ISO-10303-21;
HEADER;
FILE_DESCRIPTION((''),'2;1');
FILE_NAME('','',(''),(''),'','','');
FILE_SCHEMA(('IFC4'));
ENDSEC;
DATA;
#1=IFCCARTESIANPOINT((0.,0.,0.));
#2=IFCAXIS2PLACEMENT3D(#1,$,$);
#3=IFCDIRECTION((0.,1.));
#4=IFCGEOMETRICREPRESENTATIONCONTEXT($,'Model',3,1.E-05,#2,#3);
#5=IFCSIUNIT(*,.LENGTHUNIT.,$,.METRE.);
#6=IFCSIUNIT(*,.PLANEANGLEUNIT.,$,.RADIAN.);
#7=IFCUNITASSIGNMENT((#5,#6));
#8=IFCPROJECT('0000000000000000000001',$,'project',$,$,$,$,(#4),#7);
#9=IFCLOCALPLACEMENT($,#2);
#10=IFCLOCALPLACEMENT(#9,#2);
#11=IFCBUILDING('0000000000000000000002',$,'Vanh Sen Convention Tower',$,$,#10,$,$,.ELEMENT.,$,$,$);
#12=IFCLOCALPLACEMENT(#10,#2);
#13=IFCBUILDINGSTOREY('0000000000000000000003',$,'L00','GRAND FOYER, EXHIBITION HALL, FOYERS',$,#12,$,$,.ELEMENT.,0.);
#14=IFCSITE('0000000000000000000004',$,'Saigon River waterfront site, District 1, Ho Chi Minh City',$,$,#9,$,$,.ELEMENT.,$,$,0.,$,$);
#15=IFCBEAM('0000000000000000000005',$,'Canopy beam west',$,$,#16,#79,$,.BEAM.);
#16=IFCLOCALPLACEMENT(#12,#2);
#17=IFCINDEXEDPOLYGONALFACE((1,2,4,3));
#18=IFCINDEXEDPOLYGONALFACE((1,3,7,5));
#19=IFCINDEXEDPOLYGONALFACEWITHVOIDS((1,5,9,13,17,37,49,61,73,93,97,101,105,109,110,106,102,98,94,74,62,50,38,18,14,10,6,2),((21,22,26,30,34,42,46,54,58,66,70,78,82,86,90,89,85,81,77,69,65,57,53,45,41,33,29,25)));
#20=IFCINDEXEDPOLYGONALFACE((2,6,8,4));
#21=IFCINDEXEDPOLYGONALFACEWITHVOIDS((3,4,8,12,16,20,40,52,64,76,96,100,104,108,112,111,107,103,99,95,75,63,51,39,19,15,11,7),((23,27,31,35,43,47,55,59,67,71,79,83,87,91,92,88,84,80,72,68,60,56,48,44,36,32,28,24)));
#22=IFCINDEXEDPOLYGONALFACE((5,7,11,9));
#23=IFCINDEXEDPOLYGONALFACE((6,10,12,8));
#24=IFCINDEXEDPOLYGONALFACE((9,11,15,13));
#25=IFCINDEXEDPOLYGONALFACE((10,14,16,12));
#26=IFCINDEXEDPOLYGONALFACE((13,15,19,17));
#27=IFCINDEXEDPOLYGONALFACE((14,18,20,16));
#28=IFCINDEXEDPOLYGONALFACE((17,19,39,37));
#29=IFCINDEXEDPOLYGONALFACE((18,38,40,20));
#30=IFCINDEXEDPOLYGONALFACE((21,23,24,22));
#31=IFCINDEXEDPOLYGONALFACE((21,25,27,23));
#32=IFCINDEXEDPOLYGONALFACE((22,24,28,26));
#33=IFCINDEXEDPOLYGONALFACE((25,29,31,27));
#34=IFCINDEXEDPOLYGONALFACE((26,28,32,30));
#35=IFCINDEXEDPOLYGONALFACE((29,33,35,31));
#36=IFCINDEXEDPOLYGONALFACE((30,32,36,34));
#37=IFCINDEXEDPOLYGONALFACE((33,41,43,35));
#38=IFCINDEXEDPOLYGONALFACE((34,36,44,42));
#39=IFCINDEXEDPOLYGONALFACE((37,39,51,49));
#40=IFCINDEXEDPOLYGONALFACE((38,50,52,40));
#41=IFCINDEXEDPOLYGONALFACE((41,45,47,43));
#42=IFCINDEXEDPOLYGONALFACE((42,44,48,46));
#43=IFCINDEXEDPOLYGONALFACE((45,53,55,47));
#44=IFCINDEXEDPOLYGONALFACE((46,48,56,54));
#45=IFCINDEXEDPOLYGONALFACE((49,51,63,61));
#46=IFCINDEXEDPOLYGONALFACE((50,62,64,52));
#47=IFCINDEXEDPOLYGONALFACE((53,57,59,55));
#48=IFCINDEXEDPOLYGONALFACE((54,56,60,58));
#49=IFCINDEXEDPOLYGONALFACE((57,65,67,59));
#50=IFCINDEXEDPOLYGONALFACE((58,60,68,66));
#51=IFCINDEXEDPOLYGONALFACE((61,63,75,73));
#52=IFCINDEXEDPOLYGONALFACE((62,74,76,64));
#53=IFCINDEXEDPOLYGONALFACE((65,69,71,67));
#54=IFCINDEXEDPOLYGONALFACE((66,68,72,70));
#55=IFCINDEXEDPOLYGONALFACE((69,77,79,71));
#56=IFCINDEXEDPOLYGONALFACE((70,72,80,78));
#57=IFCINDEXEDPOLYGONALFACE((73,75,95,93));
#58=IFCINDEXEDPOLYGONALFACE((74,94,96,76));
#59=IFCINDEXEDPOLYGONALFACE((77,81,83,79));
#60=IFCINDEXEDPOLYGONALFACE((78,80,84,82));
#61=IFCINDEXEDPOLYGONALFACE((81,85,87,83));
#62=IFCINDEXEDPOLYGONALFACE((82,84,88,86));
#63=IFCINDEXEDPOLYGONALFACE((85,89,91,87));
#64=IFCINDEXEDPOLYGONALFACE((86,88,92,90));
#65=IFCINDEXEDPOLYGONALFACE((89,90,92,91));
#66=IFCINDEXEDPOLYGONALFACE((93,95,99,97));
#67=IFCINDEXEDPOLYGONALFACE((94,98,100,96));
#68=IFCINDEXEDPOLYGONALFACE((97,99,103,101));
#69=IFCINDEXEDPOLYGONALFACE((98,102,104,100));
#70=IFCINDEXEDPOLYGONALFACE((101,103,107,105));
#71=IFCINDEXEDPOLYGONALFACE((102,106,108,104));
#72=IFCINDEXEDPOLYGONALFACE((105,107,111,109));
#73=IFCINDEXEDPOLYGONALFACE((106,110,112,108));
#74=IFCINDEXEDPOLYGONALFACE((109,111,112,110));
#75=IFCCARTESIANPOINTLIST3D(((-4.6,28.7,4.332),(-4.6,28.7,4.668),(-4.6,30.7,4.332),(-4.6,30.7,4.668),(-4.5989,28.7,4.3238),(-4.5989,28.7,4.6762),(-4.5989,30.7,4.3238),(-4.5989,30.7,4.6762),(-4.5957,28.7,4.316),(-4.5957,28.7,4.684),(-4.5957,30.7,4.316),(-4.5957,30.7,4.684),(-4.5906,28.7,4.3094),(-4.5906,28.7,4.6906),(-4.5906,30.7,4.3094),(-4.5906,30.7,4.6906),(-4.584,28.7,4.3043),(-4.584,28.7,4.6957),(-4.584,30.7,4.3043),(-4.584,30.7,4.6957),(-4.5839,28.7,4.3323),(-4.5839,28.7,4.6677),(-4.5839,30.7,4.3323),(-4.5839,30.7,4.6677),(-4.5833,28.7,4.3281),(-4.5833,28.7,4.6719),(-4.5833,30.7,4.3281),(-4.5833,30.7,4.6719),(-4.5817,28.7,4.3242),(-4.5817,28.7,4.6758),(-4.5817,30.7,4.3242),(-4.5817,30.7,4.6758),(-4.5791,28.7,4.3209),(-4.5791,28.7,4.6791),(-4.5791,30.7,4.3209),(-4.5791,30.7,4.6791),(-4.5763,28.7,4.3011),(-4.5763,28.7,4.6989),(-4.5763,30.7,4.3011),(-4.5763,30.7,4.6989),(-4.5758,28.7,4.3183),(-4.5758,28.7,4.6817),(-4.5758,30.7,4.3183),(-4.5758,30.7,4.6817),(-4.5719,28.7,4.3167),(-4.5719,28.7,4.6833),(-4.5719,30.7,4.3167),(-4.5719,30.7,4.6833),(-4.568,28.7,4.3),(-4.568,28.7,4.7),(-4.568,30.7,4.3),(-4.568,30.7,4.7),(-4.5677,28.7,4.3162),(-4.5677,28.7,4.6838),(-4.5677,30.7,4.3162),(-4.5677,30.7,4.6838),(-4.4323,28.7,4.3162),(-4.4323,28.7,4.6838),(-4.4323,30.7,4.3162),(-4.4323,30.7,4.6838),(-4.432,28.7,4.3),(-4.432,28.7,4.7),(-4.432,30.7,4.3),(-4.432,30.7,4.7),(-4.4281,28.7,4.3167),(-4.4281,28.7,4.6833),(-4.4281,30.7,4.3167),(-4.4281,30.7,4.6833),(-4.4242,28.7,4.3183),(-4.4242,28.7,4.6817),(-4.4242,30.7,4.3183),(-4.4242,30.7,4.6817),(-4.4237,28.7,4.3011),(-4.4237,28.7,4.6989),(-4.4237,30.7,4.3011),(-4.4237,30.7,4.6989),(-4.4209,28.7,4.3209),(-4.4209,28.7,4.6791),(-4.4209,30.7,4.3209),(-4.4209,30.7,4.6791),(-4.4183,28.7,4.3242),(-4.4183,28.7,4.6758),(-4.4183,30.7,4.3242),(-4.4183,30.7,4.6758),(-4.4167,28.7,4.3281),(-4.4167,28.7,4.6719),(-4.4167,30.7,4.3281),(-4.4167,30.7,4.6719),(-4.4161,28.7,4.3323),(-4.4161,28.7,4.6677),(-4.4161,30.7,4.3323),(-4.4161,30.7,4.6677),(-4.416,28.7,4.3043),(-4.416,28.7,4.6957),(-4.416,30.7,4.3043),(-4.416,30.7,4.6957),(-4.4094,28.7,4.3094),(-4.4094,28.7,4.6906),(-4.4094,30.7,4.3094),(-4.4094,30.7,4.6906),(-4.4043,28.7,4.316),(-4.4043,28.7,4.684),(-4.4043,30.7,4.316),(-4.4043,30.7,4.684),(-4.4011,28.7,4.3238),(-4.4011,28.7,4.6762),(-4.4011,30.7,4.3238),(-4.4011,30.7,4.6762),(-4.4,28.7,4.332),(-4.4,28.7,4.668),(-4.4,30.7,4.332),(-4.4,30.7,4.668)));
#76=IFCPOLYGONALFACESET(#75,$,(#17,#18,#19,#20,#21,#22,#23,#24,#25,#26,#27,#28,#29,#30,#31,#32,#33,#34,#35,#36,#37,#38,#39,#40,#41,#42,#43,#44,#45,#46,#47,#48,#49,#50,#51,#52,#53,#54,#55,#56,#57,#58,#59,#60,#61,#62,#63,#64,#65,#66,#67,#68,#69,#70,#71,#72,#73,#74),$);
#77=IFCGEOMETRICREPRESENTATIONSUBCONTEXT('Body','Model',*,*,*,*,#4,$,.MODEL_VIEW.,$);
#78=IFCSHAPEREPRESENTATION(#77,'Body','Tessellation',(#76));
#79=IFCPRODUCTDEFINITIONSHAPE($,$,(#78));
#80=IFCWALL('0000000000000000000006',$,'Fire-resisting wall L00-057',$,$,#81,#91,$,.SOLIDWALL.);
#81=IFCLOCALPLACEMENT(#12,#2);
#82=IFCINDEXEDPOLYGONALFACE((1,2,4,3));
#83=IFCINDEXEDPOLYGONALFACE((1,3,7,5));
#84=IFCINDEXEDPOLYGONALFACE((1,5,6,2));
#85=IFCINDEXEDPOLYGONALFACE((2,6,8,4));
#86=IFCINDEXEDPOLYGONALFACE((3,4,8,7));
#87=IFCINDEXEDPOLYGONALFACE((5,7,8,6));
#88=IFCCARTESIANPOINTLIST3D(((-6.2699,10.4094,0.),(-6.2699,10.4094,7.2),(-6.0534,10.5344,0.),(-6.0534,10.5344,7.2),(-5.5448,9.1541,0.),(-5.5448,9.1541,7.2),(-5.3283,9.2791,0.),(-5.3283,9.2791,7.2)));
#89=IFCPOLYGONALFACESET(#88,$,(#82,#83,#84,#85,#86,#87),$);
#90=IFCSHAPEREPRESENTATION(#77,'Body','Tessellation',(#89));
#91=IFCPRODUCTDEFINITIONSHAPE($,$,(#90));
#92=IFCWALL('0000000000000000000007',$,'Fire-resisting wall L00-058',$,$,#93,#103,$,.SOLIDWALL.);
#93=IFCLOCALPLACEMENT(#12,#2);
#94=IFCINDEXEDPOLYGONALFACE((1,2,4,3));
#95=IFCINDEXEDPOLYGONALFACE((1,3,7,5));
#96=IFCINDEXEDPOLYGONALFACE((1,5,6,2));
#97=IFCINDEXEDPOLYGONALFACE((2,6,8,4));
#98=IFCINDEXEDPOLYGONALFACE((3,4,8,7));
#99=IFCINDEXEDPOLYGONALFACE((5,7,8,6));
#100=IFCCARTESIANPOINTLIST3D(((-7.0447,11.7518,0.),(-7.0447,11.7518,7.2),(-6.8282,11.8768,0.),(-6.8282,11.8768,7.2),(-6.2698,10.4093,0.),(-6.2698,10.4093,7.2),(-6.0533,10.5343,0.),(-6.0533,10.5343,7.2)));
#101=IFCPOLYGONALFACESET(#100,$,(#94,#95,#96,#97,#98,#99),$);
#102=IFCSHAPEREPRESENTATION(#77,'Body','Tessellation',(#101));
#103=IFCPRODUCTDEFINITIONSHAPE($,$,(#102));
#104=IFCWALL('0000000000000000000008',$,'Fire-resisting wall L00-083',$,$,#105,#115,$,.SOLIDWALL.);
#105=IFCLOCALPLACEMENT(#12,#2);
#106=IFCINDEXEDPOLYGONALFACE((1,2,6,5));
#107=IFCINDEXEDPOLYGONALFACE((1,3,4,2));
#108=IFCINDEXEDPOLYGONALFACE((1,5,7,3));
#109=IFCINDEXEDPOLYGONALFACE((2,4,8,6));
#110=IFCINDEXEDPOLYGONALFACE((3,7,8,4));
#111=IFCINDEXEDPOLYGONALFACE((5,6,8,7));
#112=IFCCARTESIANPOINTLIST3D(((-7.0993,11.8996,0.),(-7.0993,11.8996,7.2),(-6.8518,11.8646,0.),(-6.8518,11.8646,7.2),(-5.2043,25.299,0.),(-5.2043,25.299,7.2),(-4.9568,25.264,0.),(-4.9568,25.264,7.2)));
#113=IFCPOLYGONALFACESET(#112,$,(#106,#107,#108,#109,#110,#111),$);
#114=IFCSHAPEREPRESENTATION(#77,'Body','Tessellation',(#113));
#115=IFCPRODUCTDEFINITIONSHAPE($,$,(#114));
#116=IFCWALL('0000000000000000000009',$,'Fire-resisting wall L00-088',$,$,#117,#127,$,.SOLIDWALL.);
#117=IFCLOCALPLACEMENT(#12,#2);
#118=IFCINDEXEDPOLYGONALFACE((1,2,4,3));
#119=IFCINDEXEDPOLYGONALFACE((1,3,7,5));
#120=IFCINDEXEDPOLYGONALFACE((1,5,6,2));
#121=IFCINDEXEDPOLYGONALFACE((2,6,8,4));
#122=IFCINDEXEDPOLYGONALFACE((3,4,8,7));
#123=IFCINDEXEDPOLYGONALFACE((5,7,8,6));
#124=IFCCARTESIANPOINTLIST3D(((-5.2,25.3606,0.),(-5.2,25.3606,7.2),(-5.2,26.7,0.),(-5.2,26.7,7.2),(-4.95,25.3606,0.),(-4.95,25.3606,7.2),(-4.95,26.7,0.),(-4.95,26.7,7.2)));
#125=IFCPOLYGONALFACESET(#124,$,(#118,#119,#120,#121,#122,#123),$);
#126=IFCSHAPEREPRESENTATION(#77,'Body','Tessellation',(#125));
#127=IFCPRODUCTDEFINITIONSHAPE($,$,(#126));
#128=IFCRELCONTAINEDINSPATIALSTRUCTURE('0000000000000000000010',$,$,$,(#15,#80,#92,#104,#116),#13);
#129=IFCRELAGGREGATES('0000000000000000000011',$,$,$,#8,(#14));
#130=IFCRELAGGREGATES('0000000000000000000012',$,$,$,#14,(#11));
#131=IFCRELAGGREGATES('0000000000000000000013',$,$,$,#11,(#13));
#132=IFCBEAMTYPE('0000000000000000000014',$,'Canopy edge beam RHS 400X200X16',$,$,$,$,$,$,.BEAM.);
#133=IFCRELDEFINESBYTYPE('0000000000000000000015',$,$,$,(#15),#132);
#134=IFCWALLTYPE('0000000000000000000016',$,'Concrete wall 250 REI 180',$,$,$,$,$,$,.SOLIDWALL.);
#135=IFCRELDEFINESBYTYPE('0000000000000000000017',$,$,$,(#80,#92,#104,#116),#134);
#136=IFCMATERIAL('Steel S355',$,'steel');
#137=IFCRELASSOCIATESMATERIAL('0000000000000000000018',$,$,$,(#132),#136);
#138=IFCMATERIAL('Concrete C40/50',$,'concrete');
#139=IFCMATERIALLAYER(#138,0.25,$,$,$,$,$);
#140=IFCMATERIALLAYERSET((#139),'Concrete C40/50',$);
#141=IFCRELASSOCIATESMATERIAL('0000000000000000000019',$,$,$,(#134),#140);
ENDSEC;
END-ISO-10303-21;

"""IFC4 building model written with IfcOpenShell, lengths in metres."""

from ifc_helpers import new_model, si_unit, direction, frame, frame_2d, origin, origin_2d, place, context, subcontext, project, spatial, rectangle, hollow_rectangle, extrude, material, layer, layer_set, material_profile, profile_set, type_object, element, save


model = new_model("IFC4")

# Units and contexts
model_context = context("Model", 3, precision=1e-05, world=origin(), true_north=direction((0.0, 1.0)))
body_context = subcontext(model_context, "Body", "Model", "MODEL_VIEW")
ifc_project = project(units=[si_unit("LENGTHUNIT", "METRE"), si_unit("PLANEANGLEUNIT", "RADIAN")], contexts=[model_context])

# Site, building, storey
site_placement = place(None, origin())
site = spatial("IfcSite", under=ifc_project, at=site_placement, Name="Saigon River waterfront site, District 1, Ho Chi Minh City", CompositionType="ELEMENT", RefElevation=0.0)
building_placement = place(site_placement, origin())
building = spatial("IfcBuilding", under=site, at=building_placement, Name="Vanh Sen Convention Tower", CompositionType="ELEMENT")
storey_placement = place(building_placement, origin())
storey = spatial("IfcBuildingStorey", under=building, at=storey_placement, Name="L00", Description="GRAND FOYER, EXHIBITION HALL, FOYERS", CompositionType="ELEMENT", Elevation=0.0)

# Shared definitions
ifc_material_1 = material(Name="Concrete C40/50", Category="concrete")

# Shared definitions
ifc_material_2 = material(Name="Steel S355", Category="steel")

# Beam
ifc_material_profile_1 = material_profile(ifc_material_2, hollow_rectangle(XDim=0.2, YDim=0.3999, WallThickness=0.0161, InnerFilletRadius=0.0161, OuterFilletRadius=0.032, at=origin_2d()), Name="RHS 400X200X16")
ifc_profile_set_1 = profile_set([ifc_material_profile_1], Name="Steel S355")
beam_type_1 = type_object("IfcBeamType", Name="Canopy edge beam RHS 400X200X16", PredefinedType="BEAM", material=ifc_profile_set_1)
beam_placement = place(storey_placement, frame((-4.5, 28.7, 4.5), z_axis=(0.0, 1.0, 0.0), x_axis=(-1.0, 0.0, 0.0)))
element("IfcBeam", 1, at=beam_placement, inside=storey, type_object=beam_type_1, Name="Canopy beam west", PredefinedType="BEAM", context=body_context, shape_type="SweptSolid", body=[
    extrude(hollow_rectangle(XDim=0.2, YDim=0.3999, WallThickness=0.0161, InnerFilletRadius=0.0161, OuterFilletRadius=0.032, at=origin_2d()), origin(), (0.0, 0.0, 1.0), 2.0),
])

# Walls
ifc_layer_1 = layer(ifc_material_1, 0.25)
ifc_layer_set_1 = layer_set([ifc_layer_1], Name="Concrete C40/50")
wall_type_1 = type_object("IfcWallType", Name="Concrete wall 250 REI 180", PredefinedType="SOLIDWALL", material=ifc_layer_set_1)
wall_1_placement = place(storey_placement, frame((-6.1616, 10.4719, 0.0), z_axis=(0.0, 0.0, 1.0), x_axis=(0.50016, -0.865933, 0.0)))
element("IfcWall", 2, at=wall_1_placement, inside=storey, type_object=wall_type_1, Name="Fire-resisting wall L00-057", PredefinedType="SOLIDWALL", context=body_context, shape_type="SweptSolid", body=[
    extrude(rectangle(XDim=1.4497, YDim=0.25, at=frame_2d((0.7249, 0.0))), origin(), (0.0, 0.0, 1.0), 7.2),
])
wall_2_placement = place(storey_placement, frame((-6.1616, 10.4719, 0.0), z_axis=(0.0, 0.0, 1.0), x_axis=(-0.4999, 0.866083, 0.0)))
element("IfcWall", 3, at=wall_2_placement, inside=storey, type_object=wall_type_1, Name="Fire-resisting wall L00-058", PredefinedType="SOLIDWALL", context=body_context, shape_type="SweptSolid", body=[
    extrude(rectangle(XDim=1.55, YDim=0.25, at=frame_2d((0.7749, 0.0))), origin(), (0.0, 0.0, 1.0), 7.2),
])
wall_3_placement = place(storey_placement, frame((-5.0806, 25.2815, 0.0), z_axis=(0.0, 0.0, 1.0), x_axis=(-0.140032, -0.990147, 0.0)))
element("IfcWall", 4, at=wall_3_placement, inside=storey, type_object=wall_type_1, Name="Fire-resisting wall L00-083", PredefinedType="SOLIDWALL", context=body_context, shape_type="SweptSolid", body=[
    extrude(rectangle(XDim=13.5327, YDim=0.25, at=frame_2d((6.7664, 0.0))), origin(), (0.0, 0.0, 1.0), 7.2),
])
wall_4_placement = place(storey_placement, frame((-5.075, 26.7, 0.0), z_axis=(0.0, 0.0, 1.0), x_axis=(0.0, -1.0, 0.0)))
element("IfcWall", 5, at=wall_4_placement, inside=storey, type_object=wall_type_1, Name="Fire-resisting wall L00-088", PredefinedType="SOLIDWALL", context=body_context, shape_type="SweptSolid", body=[
    extrude(rectangle(XDim=1.3394, YDim=0.25, at=frame_2d((0.6697, 0.0))), origin(), (0.0, 0.0, 1.0), 7.2),
])

save(model, "model.ifc")
